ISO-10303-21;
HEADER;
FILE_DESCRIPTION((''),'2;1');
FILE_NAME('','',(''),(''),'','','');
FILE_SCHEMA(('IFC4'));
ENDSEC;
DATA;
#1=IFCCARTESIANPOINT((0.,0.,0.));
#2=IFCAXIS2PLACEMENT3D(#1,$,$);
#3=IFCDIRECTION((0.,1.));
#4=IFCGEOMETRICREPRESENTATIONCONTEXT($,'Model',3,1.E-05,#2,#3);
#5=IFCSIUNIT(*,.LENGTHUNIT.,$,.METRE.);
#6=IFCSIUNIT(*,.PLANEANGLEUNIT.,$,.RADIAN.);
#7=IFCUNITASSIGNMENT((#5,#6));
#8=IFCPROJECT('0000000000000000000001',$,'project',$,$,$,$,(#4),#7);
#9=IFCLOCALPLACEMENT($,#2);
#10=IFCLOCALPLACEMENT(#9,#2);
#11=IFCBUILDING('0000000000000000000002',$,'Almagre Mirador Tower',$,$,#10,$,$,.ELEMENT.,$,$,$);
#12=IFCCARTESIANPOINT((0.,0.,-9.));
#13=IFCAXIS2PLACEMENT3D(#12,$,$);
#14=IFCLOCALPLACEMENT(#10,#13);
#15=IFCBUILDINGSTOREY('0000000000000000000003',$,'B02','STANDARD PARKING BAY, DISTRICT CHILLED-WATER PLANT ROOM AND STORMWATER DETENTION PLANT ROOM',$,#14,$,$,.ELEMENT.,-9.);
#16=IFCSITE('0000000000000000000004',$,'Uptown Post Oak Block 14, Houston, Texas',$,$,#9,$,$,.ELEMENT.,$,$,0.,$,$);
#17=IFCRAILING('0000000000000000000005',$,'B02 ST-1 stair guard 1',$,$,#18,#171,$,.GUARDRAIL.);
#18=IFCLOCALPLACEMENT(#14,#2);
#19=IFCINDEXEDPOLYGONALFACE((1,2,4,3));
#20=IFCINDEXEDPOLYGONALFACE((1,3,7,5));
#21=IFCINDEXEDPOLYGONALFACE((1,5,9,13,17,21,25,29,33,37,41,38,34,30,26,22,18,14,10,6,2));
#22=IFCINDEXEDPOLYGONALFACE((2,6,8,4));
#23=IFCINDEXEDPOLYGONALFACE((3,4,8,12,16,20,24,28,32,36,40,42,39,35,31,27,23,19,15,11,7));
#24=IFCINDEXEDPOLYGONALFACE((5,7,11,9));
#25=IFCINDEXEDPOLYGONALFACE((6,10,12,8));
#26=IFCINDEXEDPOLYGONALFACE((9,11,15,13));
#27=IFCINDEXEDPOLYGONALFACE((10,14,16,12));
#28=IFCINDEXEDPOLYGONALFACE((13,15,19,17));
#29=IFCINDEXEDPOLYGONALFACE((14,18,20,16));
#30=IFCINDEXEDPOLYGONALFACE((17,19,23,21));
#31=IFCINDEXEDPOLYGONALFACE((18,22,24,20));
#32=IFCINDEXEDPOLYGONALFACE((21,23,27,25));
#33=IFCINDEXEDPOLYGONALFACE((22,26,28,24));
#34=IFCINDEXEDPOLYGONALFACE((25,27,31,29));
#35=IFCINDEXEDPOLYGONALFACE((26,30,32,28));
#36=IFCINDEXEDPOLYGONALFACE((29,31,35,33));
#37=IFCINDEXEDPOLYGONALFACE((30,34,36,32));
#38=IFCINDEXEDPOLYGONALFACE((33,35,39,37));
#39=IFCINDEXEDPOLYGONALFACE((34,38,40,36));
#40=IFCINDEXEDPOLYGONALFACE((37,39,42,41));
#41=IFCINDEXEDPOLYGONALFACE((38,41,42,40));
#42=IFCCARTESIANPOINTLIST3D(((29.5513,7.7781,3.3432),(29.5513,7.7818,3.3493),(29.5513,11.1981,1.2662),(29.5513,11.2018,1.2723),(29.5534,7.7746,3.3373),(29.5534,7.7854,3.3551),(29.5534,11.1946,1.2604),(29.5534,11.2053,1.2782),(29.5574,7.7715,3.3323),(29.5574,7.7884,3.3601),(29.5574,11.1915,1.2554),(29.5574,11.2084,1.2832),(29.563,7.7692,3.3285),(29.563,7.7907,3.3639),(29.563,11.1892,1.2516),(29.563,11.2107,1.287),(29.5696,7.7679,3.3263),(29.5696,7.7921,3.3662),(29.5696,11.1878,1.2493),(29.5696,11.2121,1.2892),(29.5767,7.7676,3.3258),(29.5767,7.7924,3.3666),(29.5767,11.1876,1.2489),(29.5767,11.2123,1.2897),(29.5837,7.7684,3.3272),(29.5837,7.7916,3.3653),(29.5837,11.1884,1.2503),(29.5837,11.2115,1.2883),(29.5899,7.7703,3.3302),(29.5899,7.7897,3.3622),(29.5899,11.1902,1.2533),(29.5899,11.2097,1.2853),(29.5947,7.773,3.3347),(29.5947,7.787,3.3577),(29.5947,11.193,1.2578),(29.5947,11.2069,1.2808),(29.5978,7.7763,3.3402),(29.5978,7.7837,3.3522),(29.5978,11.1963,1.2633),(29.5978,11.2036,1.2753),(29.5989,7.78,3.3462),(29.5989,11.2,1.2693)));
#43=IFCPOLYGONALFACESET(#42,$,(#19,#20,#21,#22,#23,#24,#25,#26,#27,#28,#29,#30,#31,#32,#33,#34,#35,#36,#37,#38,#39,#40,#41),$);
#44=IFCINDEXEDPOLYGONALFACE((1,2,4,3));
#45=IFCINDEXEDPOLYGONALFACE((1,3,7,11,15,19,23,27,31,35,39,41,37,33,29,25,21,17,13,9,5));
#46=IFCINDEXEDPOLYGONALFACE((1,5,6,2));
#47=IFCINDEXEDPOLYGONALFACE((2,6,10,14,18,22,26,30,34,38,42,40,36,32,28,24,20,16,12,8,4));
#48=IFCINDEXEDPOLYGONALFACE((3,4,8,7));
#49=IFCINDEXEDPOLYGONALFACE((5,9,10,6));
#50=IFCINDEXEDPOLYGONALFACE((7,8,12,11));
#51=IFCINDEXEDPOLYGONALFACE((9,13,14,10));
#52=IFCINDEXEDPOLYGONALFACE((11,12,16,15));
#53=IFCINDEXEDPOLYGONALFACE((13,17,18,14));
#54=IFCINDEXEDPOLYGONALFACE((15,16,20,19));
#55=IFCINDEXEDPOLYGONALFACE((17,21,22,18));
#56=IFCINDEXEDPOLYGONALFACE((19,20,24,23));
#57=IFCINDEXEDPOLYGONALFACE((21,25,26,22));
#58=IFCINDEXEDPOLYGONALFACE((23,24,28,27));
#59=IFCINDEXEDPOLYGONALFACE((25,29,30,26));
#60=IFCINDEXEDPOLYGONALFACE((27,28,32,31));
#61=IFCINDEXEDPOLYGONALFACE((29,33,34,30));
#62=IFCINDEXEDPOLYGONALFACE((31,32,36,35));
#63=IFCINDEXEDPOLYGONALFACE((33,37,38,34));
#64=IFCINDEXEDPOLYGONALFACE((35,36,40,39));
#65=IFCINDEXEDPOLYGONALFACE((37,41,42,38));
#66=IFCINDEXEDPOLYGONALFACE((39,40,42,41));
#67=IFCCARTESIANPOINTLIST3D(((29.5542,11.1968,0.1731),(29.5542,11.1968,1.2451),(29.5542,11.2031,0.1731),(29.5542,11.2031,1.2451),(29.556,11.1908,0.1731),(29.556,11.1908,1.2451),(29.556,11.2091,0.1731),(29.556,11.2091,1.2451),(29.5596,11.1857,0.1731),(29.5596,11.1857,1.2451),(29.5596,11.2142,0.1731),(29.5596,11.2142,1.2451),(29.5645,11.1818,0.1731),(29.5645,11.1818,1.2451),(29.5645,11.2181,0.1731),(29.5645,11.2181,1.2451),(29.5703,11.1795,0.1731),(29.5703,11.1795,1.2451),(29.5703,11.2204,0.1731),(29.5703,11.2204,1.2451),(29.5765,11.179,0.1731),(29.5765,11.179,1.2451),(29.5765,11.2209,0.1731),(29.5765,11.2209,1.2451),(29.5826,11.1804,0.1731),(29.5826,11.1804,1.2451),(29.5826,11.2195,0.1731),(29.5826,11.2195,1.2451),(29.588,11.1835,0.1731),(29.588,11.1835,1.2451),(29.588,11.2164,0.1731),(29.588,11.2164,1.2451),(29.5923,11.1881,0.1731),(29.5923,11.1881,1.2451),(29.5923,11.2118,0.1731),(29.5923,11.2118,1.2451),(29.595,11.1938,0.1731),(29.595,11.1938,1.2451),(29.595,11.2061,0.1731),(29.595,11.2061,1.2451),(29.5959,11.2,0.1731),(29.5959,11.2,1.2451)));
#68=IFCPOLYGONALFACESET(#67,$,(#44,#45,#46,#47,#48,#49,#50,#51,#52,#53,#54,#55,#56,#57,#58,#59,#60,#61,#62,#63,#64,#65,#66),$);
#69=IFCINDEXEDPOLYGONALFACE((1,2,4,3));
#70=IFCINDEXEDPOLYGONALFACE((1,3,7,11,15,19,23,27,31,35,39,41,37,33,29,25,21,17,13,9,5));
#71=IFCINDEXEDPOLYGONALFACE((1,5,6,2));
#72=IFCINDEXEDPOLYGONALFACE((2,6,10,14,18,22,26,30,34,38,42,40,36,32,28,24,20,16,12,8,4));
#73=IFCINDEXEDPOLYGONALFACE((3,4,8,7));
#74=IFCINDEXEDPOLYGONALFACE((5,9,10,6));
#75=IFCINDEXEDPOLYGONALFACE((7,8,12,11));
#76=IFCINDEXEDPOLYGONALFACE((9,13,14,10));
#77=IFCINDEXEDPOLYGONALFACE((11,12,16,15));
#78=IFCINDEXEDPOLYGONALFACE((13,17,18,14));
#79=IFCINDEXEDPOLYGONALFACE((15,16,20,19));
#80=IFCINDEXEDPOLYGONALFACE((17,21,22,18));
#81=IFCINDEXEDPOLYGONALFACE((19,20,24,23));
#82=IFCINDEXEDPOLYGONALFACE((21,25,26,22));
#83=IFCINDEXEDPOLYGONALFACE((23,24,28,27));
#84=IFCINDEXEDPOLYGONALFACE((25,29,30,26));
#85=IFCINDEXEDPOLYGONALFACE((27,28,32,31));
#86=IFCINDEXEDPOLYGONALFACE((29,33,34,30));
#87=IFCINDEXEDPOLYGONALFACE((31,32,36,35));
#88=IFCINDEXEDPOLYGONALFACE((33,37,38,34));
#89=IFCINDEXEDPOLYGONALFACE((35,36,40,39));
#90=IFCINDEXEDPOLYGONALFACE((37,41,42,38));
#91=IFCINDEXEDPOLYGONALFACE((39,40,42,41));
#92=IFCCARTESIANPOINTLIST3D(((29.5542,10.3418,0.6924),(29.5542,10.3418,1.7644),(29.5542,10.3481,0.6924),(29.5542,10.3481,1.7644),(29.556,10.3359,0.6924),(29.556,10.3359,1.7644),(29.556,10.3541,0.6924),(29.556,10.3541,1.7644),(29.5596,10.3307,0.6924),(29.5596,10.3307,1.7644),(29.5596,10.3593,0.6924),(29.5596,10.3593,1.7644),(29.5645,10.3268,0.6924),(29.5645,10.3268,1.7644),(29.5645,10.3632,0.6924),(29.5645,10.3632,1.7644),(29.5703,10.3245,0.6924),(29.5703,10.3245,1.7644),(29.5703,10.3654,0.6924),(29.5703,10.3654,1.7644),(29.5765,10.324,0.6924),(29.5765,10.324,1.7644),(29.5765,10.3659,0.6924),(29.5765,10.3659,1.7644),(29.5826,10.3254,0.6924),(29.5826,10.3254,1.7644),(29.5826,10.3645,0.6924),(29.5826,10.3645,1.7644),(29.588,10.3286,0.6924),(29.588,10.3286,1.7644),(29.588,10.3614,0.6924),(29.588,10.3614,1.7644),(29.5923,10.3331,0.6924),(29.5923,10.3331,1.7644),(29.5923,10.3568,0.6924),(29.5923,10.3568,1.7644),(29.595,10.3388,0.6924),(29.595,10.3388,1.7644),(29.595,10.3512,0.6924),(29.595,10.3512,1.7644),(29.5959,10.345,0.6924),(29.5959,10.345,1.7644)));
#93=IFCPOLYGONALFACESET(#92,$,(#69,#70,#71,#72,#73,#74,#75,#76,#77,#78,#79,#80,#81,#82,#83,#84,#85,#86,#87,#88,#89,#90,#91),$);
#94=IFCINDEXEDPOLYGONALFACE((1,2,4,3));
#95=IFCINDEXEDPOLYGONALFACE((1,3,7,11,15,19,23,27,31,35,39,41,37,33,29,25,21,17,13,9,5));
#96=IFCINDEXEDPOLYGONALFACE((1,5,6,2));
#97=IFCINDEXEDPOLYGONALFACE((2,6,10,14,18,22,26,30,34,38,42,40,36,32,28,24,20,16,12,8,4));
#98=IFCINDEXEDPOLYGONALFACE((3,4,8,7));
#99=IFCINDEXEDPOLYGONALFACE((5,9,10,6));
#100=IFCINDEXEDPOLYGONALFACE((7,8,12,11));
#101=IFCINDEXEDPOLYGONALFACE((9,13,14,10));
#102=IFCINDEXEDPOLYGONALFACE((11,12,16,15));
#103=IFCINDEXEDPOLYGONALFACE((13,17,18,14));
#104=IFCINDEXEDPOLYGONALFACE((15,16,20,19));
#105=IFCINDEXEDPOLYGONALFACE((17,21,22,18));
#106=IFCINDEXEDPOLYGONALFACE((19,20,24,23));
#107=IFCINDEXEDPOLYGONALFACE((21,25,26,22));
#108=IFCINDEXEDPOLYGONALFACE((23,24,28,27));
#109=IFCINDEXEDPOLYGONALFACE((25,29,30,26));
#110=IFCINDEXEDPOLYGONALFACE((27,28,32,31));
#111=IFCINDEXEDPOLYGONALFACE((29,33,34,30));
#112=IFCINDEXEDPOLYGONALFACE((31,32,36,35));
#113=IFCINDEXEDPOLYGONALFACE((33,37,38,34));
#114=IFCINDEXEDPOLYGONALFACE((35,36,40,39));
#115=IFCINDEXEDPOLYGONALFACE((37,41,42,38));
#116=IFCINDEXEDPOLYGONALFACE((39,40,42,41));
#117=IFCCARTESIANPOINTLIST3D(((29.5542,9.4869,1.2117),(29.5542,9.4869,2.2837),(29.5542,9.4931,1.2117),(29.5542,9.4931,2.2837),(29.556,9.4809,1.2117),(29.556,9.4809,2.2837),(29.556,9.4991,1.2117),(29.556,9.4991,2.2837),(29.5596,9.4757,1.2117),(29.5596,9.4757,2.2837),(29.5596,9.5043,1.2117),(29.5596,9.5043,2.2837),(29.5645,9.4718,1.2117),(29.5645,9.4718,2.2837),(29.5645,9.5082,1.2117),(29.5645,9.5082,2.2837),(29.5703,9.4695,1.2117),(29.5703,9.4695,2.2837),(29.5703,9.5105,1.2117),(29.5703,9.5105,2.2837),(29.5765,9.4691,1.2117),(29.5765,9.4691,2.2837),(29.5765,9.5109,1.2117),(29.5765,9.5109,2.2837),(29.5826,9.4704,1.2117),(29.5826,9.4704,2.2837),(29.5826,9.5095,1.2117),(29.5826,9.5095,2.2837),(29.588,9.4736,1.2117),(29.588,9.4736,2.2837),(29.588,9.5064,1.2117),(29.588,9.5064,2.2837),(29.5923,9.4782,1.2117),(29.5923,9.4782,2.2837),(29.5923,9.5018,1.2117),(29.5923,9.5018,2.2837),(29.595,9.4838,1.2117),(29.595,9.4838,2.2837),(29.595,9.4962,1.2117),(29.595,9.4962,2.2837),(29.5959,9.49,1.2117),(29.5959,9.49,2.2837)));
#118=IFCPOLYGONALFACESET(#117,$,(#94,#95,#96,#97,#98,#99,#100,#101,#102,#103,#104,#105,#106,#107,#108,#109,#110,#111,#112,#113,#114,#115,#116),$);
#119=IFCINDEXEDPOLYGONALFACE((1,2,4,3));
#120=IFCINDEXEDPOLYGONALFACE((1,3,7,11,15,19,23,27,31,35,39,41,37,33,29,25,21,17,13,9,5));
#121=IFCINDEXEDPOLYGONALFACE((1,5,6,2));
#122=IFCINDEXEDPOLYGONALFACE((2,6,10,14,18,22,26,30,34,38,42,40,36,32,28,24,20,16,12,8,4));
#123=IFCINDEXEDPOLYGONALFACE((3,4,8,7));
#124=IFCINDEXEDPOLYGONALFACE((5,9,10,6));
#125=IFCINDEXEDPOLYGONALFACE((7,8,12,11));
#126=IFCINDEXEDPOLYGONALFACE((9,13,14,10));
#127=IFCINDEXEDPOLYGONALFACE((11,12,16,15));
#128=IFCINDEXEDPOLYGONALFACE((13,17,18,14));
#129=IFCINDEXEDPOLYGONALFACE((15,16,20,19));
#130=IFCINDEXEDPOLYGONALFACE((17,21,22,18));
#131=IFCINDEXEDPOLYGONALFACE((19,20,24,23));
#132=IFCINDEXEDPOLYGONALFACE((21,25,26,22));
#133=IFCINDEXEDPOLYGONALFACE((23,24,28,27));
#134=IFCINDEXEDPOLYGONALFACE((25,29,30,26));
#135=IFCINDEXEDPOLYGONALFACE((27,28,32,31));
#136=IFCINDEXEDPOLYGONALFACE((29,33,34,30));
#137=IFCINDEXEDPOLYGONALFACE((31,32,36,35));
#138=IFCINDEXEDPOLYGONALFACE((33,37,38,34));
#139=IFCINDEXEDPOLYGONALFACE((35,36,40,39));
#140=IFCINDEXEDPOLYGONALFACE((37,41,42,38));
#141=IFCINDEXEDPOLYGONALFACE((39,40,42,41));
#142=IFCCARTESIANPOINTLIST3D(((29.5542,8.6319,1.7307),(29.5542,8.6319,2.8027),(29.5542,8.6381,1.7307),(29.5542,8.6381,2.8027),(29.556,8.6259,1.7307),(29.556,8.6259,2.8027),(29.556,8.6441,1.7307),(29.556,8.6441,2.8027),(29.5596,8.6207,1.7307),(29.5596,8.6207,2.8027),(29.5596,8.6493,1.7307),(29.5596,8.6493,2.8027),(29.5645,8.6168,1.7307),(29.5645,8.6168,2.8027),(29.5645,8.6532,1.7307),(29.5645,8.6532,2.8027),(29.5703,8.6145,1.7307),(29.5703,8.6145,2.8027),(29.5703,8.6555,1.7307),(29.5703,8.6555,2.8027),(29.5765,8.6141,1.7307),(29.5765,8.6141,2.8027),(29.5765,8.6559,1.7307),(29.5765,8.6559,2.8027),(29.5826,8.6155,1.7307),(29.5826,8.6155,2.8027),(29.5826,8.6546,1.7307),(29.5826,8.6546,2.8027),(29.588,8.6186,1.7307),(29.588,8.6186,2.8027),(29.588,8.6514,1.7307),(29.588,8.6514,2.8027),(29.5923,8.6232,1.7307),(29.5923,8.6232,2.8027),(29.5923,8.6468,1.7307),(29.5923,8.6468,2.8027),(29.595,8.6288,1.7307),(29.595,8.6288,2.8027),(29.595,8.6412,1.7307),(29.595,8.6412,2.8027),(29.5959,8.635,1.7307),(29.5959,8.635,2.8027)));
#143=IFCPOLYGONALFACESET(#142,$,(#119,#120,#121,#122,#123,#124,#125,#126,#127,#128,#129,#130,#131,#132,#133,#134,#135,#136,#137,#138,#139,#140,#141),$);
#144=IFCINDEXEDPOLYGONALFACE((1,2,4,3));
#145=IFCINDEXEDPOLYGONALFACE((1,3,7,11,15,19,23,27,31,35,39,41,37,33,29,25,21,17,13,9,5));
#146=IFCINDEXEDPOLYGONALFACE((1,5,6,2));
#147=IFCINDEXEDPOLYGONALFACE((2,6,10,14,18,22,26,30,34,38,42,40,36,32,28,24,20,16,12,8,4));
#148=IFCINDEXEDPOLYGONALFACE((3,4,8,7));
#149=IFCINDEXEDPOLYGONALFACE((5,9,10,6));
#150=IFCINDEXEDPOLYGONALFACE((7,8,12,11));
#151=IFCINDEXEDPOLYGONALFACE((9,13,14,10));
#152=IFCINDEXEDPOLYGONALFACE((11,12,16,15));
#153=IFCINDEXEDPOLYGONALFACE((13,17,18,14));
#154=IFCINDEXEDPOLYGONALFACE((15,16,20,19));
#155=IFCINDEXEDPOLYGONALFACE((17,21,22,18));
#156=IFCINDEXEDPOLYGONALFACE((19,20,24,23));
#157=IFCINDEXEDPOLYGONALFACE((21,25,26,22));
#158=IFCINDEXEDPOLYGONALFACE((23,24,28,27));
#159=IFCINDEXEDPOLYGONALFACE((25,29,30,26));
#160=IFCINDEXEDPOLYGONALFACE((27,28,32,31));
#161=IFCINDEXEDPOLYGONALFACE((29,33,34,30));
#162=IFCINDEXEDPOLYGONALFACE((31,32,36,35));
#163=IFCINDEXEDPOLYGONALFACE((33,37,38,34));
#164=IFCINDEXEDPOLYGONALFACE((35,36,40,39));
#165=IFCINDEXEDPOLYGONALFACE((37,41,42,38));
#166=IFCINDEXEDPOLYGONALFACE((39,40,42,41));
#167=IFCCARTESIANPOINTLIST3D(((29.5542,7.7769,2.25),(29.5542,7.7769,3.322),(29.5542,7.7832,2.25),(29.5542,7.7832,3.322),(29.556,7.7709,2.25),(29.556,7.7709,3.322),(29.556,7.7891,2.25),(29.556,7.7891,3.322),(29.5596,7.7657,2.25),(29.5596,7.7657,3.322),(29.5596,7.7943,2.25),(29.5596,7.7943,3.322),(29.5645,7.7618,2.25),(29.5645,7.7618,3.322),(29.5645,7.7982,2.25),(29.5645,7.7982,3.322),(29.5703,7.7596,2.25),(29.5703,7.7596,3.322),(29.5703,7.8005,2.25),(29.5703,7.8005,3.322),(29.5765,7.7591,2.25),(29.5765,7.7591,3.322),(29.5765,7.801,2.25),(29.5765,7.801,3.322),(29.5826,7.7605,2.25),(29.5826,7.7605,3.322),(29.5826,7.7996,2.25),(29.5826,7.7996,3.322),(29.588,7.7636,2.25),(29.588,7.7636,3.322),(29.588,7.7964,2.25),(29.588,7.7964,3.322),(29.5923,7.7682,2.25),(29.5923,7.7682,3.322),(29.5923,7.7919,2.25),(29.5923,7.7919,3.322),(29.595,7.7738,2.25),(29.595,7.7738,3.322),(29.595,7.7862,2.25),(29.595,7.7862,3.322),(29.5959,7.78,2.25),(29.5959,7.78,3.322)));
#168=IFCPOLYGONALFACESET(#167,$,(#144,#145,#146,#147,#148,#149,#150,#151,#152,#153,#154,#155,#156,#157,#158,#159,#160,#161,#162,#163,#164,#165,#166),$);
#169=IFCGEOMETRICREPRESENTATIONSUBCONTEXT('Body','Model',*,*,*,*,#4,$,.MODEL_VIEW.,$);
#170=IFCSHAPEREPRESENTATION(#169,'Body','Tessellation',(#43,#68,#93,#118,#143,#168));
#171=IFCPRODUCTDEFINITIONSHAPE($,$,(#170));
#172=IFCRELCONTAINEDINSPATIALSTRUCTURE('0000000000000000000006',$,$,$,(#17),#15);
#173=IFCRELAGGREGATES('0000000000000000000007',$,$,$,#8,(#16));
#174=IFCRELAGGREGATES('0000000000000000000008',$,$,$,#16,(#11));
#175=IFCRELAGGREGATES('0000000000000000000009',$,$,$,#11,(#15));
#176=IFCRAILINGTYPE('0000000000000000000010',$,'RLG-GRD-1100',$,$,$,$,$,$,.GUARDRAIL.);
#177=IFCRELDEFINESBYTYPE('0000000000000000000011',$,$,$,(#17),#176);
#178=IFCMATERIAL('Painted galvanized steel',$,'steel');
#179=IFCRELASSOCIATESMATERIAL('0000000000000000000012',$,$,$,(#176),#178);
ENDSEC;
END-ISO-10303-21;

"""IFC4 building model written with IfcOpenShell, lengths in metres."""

from ifc_helpers import new_model, si_unit, direction, frame, origin, origin_2d, place, context, subcontext, project, spatial, circle, extrude, material, type_object, element, save


model = new_model("IFC4")

# Units and contexts
model_context = context("Model", 3, precision=1e-05, world=origin(), true_north=direction((0.0, 1.0)))
body_context = subcontext(model_context, "Body", "Model", "MODEL_VIEW")
ifc_project = project(units=[si_unit("LENGTHUNIT", "METRE"), si_unit("PLANEANGLEUNIT", "RADIAN")], contexts=[model_context])

# Site, building, storey
site_placement = place(None, origin())
site = spatial("IfcSite", under=ifc_project, at=site_placement, Name="Uptown Post Oak Block 14, Houston, Texas", CompositionType="ELEMENT", RefElevation=0.0)
building_placement = place(site_placement, origin())
building = spatial("IfcBuilding", under=site, at=building_placement, Name="Almagre Mirador Tower", CompositionType="ELEMENT")
storey_placement = place(building_placement, frame((0.0, 0.0, -9.0)))
storey = spatial("IfcBuildingStorey", under=building, at=storey_placement, Name="B02", Description="STANDARD PARKING BAY, DISTRICT CHILLED-WATER PLANT ROOM AND STORMWATER DETENTION PLANT ROOM", CompositionType="ELEMENT", Elevation=-9.0)

# Railing
ifc_material_1 = material(Name="Painted galvanized steel", Category="steel")
railing_type_1 = type_object("IfcRailingType", Name="RLG-GRD-1100", PredefinedType="GUARDRAIL", material=ifc_material_1)
railing_1_placement = place(storey_placement, frame((29.575, 11.2, 0.1731)))
element("IfcRailing", 1, at=railing_1_placement, inside=storey, type_object=railing_type_1, Name="B02 ST-1 stair guard 1", PredefinedType="GUARDRAIL", context=body_context, shape_type="SweptSolid", body=[
    extrude(circle(Radius=0.0239, at=origin_2d()), frame((0.0, 0.0, 1.0962), z_axis=(0.0, -0.85473, 0.519074), x_axis=(1.0, 0.0, 0.0)), (0.0, 0.0, 1.0), 4.0012),
    extrude(circle(Radius=0.021, at=origin_2d()), origin(), (0.0, 0.0, 1.0), 1.072),
    extrude(circle(Radius=0.021, at=origin_2d()), frame((0.0, -0.855, 0.5193)), (0.0, 0.0, 1.0), 1.072),
    extrude(circle(Radius=0.021, at=origin_2d()), frame((0.0, -1.71, 1.0386)), (0.0, 0.0, 1.0), 1.072),
    extrude(circle(Radius=0.021, at=origin_2d()), frame((0.0, -2.5649, 1.5576)), (0.0, 0.0, 1.0), 1.072),
    extrude(circle(Radius=0.021, at=origin_2d()), frame((0.0, -3.4199, 2.0769)), (0.0, 0.0, 1.0), 1.072),
])

save(model, "model.ifc")
